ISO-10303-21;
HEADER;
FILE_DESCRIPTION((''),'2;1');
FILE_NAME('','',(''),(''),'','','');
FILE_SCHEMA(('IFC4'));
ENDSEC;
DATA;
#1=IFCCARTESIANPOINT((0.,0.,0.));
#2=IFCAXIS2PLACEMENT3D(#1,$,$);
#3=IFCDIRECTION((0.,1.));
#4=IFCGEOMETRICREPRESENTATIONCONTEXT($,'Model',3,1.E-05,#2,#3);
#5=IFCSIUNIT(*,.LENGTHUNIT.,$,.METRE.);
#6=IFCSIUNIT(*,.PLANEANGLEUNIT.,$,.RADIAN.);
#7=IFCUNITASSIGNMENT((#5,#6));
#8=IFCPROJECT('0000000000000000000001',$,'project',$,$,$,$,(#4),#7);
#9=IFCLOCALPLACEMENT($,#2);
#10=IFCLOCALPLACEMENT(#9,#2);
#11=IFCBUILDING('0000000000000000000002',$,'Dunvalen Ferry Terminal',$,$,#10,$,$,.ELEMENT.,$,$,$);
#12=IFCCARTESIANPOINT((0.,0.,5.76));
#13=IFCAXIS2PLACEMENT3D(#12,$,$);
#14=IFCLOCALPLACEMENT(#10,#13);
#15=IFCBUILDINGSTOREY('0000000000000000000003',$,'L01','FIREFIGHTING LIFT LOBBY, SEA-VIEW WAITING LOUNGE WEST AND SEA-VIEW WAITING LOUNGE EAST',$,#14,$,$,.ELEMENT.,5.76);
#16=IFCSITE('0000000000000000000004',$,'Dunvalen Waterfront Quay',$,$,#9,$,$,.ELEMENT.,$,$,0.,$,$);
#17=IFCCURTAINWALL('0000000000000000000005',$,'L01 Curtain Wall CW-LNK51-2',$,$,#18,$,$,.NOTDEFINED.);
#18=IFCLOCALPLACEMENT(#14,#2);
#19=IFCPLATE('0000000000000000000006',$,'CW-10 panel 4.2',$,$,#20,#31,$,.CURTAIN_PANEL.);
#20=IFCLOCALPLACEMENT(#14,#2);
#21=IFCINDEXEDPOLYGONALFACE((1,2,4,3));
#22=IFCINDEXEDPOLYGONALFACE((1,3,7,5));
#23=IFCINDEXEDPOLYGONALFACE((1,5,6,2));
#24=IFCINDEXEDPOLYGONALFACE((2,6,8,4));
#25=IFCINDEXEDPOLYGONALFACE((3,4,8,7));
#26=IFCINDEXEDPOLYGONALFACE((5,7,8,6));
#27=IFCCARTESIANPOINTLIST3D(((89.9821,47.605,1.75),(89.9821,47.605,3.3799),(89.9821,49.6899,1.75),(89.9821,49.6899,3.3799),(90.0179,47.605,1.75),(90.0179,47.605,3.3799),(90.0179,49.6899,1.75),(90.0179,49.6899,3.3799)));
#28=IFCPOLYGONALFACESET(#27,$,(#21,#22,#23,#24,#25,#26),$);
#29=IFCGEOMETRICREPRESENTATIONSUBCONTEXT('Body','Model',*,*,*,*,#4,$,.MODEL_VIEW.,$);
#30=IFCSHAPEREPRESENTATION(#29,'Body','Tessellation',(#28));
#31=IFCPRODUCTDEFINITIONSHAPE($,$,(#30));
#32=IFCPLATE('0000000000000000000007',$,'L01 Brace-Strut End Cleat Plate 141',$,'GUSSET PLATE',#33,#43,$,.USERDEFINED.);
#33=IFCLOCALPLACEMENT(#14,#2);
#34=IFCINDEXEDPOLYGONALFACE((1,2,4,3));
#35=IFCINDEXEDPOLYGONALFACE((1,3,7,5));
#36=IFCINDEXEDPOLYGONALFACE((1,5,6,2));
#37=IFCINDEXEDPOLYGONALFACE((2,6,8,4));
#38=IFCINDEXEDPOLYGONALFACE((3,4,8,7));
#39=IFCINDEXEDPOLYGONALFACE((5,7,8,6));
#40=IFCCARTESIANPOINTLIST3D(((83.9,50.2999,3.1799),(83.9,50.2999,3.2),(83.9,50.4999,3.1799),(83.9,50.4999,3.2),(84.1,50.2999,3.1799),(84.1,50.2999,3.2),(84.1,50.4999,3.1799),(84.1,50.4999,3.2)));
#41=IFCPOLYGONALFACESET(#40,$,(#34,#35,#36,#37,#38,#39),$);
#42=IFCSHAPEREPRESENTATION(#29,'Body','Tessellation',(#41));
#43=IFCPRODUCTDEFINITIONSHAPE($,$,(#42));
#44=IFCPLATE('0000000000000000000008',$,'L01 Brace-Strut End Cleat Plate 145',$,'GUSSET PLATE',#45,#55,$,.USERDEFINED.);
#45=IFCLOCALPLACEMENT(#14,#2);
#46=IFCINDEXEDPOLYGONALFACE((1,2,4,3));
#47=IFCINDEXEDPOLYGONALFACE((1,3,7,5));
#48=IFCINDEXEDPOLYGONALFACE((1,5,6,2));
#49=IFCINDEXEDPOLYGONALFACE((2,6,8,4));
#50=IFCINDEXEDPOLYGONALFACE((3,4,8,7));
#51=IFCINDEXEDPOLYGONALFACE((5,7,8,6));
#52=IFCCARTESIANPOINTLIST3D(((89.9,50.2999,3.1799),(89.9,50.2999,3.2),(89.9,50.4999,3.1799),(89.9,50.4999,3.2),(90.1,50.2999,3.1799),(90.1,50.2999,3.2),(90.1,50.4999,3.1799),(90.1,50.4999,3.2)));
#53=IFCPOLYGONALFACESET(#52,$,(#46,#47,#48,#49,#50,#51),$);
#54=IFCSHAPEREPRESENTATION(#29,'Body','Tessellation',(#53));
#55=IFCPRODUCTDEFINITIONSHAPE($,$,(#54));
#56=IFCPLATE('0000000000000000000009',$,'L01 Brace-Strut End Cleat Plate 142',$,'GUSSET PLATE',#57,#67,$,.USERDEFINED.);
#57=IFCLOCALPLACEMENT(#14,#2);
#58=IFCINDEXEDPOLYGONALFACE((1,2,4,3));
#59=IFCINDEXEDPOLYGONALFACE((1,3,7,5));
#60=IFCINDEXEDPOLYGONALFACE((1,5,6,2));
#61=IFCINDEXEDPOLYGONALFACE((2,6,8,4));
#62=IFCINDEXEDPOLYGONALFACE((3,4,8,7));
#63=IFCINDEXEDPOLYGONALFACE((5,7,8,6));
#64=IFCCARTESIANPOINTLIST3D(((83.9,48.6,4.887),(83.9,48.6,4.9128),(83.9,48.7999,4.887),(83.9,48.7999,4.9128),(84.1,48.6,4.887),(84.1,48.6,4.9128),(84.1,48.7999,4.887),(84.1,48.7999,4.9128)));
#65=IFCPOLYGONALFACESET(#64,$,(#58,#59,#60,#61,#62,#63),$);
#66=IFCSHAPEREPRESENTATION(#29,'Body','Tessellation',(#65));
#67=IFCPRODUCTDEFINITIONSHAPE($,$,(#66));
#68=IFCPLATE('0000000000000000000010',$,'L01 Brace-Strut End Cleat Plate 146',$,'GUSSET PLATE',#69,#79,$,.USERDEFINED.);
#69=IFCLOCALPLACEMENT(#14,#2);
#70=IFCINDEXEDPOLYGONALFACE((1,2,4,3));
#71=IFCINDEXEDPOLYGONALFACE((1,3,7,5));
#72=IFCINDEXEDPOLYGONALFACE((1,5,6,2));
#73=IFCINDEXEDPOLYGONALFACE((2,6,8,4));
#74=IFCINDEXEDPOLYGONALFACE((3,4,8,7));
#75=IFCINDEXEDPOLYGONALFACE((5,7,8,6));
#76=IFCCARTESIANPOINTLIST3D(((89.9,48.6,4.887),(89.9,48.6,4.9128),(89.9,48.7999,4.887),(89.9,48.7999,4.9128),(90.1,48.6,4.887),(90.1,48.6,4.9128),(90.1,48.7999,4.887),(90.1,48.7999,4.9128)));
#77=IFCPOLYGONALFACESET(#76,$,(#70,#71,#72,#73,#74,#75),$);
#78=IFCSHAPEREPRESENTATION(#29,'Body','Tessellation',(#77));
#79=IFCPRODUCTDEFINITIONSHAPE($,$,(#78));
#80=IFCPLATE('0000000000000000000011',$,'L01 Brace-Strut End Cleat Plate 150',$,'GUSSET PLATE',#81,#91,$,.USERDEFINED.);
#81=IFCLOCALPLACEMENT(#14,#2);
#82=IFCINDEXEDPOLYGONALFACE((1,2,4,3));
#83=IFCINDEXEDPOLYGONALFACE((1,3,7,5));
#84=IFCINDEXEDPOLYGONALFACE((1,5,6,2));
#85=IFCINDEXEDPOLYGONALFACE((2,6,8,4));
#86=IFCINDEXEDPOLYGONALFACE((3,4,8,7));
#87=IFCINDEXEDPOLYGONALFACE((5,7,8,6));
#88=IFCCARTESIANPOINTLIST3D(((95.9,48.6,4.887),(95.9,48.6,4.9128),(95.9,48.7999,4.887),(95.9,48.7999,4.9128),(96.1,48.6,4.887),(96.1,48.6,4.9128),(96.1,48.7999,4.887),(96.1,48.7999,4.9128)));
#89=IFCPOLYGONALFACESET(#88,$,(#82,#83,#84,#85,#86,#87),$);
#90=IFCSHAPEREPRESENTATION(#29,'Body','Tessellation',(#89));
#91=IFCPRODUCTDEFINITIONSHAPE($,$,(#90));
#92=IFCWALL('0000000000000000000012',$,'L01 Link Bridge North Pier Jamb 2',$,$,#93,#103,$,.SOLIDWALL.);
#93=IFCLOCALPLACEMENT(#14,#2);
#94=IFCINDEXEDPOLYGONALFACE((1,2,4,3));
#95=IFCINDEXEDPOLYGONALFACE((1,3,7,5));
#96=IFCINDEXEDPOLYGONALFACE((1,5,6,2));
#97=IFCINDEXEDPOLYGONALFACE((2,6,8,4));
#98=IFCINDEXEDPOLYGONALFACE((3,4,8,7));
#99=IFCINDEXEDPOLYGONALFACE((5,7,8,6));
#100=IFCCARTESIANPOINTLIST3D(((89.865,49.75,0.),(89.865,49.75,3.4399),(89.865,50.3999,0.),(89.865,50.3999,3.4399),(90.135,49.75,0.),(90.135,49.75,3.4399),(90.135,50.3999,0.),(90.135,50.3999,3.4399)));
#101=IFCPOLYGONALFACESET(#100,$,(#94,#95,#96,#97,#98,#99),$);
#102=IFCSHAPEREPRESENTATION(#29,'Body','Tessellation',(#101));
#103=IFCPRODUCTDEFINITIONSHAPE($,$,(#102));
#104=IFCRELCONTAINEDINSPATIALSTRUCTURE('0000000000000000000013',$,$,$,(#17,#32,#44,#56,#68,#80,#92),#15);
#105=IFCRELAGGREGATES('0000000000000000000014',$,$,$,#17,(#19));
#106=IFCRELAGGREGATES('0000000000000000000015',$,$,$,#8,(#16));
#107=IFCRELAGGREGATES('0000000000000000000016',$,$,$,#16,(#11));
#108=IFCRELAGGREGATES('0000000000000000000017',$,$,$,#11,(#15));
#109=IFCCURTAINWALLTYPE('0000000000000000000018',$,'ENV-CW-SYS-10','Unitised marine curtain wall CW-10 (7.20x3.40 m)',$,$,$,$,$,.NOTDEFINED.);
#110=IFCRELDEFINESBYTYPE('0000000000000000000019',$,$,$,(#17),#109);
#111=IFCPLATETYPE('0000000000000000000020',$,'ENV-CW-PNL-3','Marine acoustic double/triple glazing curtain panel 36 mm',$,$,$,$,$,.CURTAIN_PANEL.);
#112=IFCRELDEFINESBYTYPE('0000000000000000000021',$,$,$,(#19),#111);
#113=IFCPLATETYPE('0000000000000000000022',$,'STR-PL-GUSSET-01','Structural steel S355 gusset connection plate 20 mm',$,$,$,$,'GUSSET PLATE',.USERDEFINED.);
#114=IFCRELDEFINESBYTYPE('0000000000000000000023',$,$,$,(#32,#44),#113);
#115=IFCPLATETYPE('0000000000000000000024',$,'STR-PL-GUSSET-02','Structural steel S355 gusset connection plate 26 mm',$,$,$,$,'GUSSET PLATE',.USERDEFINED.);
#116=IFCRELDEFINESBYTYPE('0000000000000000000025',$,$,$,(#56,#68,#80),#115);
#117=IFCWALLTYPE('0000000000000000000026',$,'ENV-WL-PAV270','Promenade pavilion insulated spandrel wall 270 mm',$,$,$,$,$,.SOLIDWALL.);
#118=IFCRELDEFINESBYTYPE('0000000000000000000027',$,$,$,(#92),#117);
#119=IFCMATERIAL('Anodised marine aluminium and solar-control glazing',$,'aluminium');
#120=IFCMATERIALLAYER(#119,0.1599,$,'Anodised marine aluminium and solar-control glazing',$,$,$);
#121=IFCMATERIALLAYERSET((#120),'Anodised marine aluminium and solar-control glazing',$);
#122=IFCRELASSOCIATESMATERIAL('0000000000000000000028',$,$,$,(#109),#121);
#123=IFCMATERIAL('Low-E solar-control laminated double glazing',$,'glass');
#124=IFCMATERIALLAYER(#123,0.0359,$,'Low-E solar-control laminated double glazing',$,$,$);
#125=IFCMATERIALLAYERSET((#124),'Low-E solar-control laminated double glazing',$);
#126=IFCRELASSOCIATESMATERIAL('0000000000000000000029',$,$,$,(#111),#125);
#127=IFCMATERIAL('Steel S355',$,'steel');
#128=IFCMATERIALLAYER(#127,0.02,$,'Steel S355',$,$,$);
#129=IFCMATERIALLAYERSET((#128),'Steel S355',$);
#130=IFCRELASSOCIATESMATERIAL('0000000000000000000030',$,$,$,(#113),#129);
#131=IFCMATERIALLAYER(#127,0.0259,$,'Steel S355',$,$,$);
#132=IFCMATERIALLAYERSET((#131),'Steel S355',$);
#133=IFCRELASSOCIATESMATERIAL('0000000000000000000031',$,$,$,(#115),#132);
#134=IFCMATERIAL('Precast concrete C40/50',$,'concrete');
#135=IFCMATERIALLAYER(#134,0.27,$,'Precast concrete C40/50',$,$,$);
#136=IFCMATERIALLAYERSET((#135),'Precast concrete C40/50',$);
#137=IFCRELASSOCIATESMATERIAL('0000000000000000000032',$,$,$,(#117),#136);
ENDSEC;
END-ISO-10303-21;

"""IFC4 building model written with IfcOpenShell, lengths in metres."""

from ifc_helpers import new_model, si_unit, direction, frame, frame_2d, origin, origin_2d, place, context, subcontext, project, spatial, rectangle, extrude, material, layer, layer_set, type_object, element, aggregate, save


model = new_model("IFC4")

# Units and contexts
model_context = context("Model", 3, precision=1e-05, world=origin(), true_north=direction((0.0, 1.0)))
body_context = subcontext(model_context, "Body", "Model", "MODEL_VIEW")
ifc_project = project(units=[si_unit("LENGTHUNIT", "METRE"), si_unit("PLANEANGLEUNIT", "RADIAN")], contexts=[model_context])

# Site, building, storey
site_placement = place(None, origin())
site = spatial("IfcSite", under=ifc_project, at=site_placement, Name="Dunvalen Waterfront Quay", CompositionType="ELEMENT", RefElevation=0.0)
building_placement = place(site_placement, origin())
building = spatial("IfcBuilding", under=site, at=building_placement, Name="Dunvalen Ferry Terminal", CompositionType="ELEMENT")
storey_placement = place(building_placement, frame((0.0, 0.0, 5.76)))
storey = spatial("IfcBuildingStorey", under=building, at=storey_placement, Name="L01", Description="FIREFIGHTING LIFT LOBBY, SEA-VIEW WAITING LOUNGE WEST AND SEA-VIEW WAITING LOUNGE EAST", CompositionType="ELEMENT", Elevation=5.76)

# Shared definitions
ifc_material_1 = material(Name="Steel S355", Category="steel")

# Shared definitions
ifc_material_2 = material(Name="Anodised marine aluminium and solar-control glazing", Category="aluminium")

# Curtain wall
ifc_layer_1 = layer(ifc_material_2, 0.1599, Name="Anodised marine aluminium and solar-control glazing")
ifc_layer_set_1 = layer_set([ifc_layer_1], Name="Anodised marine aluminium and solar-control glazing")
curtain_wall_type_1 = type_object("IfcCurtainWallType", Name="ENV-CW-SYS-10", Description="Unitised marine curtain wall CW-10 (7.20x3.40 m)", PredefinedType="NOTDEFINED", material=ifc_layer_set_1)
curtain_wall_1_placement = place(storey_placement, origin())
curtain_wall_1 = element("IfcCurtainWall", 1, at=curtain_wall_1_placement, inside=storey, type_object=curtain_wall_type_1, Name="L01 Curtain Wall CW-LNK51-2", PredefinedType="NOTDEFINED")

# Plate
ifc_material_3 = material(Name="Low-E solar-control laminated double glazing", Category="glass")
ifc_layer_2 = layer(ifc_material_3, 0.0359, Name="Low-E solar-control laminated double glazing")
ifc_layer_set_2 = layer_set([ifc_layer_2], Name="Low-E solar-control laminated double glazing")
plate_type_1 = type_object("IfcPlateType", Name="ENV-CW-PNL-3", Description="Marine acoustic double/triple glazing curtain panel 36 mm", PredefinedType="CURTAIN_PANEL", material=ifc_layer_set_2)
plate_1_placement = place(storey_placement, frame((90.0, 48.6475, 1.75), z_axis=(0.0, 0.0, 1.0), x_axis=(0.0, 1.0, 0.0)))
plate_1 = element("IfcPlate", 2, at=plate_1_placement, type_object=plate_type_1, Name="CW-10 panel 4.2", PredefinedType="CURTAIN_PANEL", context=body_context, shape_type="SweptSolid", body=[
    extrude(rectangle(XDim=2.085, YDim=0.0359, at=origin_2d()), origin(), (0.0, 0.0, 1.0), 1.6299),
])
aggregate(curtain_wall_1, [plate_1])

# Plates
ifc_layer_3 = layer(ifc_material_1, 0.02, Name="Steel S355")
ifc_layer_set_3 = layer_set([ifc_layer_3], Name="Steel S355")
plate_type_2 = type_object("IfcPlateType", Name="STR-PL-GUSSET-01", Description="Structural steel S355 gusset connection plate 20 mm", ElementType="GUSSET PLATE", PredefinedType="USERDEFINED", material=ifc_layer_set_3)
for number, where, z_axis, x_axis, name in (
    (3, (84.0, 50.3999, 3.1799), (0.0, 0.0, 1.0), (1.0, 0.0, 0.0), "L01 Brace-Strut End Cleat Plate 141"),
    (4, (90.0, 50.3999, 3.1799), (0.0, 0.0, 1.0), (1.0, 0.0, 0.0), "L01 Brace-Strut End Cleat Plate 145"),
):
    element("IfcPlate", number, at=place(storey_placement, frame(where, z_axis=z_axis, x_axis=x_axis)), inside=storey, type_object=plate_type_2, Name=name, ObjectType="GUSSET PLATE", PredefinedType="USERDEFINED", context=body_context, shape_type="SweptSolid", body=[
        extrude(rectangle(XDim=0.2, YDim=0.2, at=origin_2d()), origin(), (0.0, 0.0, 1.0), 0.02),
    ])
ifc_layer_4 = layer(ifc_material_1, 0.0259, Name="Steel S355")
ifc_layer_set_4 = layer_set([ifc_layer_4], Name="Steel S355")
plate_type_3 = type_object("IfcPlateType", Name="STR-PL-GUSSET-02", Description="Structural steel S355 gusset connection plate 26 mm", ElementType="GUSSET PLATE", PredefinedType="USERDEFINED", material=ifc_layer_set_4)
for number, where, z_axis, x_axis, name in (
    (5, (84.0, 48.7, 4.887), (0.0, 0.0, 1.0), (1.0, 0.0, 0.0), "L01 Brace-Strut End Cleat Plate 142"),
    (6, (90.0, 48.7, 4.887), (0.0, 0.0, 1.0), (1.0, 0.0, 0.0), "L01 Brace-Strut End Cleat Plate 146"),
    (7, (96.0, 48.7, 4.887), (0.0, 0.0, 1.0), (1.0, 0.0, 0.0), "L01 Brace-Strut End Cleat Plate 150"),
):
    element("IfcPlate", number, at=place(storey_placement, frame(where, z_axis=z_axis, x_axis=x_axis)), inside=storey, type_object=plate_type_3, Name=name, ObjectType="GUSSET PLATE", PredefinedType="USERDEFINED", context=body_context, shape_type="SweptSolid", body=[
        extrude(rectangle(XDim=0.2, YDim=0.2, at=origin_2d()), origin(), (0.0, 0.0, 1.0), 0.0259),
    ])

# Wall
ifc_material_4 = material(Name="Precast concrete C40/50", Category="concrete")
ifc_layer_5 = layer(ifc_material_4, 0.27, Name="Precast concrete C40/50")
ifc_layer_set_5 = layer_set([ifc_layer_5], Name="Precast concrete C40/50")
wall_type = type_object("IfcWallType", Name="ENV-WL-PAV270", Description="Promenade pavilion insulated spandrel wall 270 mm", PredefinedType="SOLIDWALL", material=ifc_layer_set_5)
wall_placement = place(storey_placement, frame((90.0, 49.75, 0.0), z_axis=(0.0, 0.0, 1.0), x_axis=(0.0, 1.0, 0.0)))
element("IfcWall", 8, at=wall_placement, inside=storey, type_object=wall_type, Name="L01 Link Bridge North Pier Jamb 2", PredefinedType="SOLIDWALL", context=body_context, shape_type="SweptSolid", body=[
    extrude(rectangle(XDim=0.6499, YDim=0.27, at=frame_2d((0.325, 0.0))), origin(), (0.0, 0.0, 1.0), 3.4399),
])

save(model, "model.ifc")
